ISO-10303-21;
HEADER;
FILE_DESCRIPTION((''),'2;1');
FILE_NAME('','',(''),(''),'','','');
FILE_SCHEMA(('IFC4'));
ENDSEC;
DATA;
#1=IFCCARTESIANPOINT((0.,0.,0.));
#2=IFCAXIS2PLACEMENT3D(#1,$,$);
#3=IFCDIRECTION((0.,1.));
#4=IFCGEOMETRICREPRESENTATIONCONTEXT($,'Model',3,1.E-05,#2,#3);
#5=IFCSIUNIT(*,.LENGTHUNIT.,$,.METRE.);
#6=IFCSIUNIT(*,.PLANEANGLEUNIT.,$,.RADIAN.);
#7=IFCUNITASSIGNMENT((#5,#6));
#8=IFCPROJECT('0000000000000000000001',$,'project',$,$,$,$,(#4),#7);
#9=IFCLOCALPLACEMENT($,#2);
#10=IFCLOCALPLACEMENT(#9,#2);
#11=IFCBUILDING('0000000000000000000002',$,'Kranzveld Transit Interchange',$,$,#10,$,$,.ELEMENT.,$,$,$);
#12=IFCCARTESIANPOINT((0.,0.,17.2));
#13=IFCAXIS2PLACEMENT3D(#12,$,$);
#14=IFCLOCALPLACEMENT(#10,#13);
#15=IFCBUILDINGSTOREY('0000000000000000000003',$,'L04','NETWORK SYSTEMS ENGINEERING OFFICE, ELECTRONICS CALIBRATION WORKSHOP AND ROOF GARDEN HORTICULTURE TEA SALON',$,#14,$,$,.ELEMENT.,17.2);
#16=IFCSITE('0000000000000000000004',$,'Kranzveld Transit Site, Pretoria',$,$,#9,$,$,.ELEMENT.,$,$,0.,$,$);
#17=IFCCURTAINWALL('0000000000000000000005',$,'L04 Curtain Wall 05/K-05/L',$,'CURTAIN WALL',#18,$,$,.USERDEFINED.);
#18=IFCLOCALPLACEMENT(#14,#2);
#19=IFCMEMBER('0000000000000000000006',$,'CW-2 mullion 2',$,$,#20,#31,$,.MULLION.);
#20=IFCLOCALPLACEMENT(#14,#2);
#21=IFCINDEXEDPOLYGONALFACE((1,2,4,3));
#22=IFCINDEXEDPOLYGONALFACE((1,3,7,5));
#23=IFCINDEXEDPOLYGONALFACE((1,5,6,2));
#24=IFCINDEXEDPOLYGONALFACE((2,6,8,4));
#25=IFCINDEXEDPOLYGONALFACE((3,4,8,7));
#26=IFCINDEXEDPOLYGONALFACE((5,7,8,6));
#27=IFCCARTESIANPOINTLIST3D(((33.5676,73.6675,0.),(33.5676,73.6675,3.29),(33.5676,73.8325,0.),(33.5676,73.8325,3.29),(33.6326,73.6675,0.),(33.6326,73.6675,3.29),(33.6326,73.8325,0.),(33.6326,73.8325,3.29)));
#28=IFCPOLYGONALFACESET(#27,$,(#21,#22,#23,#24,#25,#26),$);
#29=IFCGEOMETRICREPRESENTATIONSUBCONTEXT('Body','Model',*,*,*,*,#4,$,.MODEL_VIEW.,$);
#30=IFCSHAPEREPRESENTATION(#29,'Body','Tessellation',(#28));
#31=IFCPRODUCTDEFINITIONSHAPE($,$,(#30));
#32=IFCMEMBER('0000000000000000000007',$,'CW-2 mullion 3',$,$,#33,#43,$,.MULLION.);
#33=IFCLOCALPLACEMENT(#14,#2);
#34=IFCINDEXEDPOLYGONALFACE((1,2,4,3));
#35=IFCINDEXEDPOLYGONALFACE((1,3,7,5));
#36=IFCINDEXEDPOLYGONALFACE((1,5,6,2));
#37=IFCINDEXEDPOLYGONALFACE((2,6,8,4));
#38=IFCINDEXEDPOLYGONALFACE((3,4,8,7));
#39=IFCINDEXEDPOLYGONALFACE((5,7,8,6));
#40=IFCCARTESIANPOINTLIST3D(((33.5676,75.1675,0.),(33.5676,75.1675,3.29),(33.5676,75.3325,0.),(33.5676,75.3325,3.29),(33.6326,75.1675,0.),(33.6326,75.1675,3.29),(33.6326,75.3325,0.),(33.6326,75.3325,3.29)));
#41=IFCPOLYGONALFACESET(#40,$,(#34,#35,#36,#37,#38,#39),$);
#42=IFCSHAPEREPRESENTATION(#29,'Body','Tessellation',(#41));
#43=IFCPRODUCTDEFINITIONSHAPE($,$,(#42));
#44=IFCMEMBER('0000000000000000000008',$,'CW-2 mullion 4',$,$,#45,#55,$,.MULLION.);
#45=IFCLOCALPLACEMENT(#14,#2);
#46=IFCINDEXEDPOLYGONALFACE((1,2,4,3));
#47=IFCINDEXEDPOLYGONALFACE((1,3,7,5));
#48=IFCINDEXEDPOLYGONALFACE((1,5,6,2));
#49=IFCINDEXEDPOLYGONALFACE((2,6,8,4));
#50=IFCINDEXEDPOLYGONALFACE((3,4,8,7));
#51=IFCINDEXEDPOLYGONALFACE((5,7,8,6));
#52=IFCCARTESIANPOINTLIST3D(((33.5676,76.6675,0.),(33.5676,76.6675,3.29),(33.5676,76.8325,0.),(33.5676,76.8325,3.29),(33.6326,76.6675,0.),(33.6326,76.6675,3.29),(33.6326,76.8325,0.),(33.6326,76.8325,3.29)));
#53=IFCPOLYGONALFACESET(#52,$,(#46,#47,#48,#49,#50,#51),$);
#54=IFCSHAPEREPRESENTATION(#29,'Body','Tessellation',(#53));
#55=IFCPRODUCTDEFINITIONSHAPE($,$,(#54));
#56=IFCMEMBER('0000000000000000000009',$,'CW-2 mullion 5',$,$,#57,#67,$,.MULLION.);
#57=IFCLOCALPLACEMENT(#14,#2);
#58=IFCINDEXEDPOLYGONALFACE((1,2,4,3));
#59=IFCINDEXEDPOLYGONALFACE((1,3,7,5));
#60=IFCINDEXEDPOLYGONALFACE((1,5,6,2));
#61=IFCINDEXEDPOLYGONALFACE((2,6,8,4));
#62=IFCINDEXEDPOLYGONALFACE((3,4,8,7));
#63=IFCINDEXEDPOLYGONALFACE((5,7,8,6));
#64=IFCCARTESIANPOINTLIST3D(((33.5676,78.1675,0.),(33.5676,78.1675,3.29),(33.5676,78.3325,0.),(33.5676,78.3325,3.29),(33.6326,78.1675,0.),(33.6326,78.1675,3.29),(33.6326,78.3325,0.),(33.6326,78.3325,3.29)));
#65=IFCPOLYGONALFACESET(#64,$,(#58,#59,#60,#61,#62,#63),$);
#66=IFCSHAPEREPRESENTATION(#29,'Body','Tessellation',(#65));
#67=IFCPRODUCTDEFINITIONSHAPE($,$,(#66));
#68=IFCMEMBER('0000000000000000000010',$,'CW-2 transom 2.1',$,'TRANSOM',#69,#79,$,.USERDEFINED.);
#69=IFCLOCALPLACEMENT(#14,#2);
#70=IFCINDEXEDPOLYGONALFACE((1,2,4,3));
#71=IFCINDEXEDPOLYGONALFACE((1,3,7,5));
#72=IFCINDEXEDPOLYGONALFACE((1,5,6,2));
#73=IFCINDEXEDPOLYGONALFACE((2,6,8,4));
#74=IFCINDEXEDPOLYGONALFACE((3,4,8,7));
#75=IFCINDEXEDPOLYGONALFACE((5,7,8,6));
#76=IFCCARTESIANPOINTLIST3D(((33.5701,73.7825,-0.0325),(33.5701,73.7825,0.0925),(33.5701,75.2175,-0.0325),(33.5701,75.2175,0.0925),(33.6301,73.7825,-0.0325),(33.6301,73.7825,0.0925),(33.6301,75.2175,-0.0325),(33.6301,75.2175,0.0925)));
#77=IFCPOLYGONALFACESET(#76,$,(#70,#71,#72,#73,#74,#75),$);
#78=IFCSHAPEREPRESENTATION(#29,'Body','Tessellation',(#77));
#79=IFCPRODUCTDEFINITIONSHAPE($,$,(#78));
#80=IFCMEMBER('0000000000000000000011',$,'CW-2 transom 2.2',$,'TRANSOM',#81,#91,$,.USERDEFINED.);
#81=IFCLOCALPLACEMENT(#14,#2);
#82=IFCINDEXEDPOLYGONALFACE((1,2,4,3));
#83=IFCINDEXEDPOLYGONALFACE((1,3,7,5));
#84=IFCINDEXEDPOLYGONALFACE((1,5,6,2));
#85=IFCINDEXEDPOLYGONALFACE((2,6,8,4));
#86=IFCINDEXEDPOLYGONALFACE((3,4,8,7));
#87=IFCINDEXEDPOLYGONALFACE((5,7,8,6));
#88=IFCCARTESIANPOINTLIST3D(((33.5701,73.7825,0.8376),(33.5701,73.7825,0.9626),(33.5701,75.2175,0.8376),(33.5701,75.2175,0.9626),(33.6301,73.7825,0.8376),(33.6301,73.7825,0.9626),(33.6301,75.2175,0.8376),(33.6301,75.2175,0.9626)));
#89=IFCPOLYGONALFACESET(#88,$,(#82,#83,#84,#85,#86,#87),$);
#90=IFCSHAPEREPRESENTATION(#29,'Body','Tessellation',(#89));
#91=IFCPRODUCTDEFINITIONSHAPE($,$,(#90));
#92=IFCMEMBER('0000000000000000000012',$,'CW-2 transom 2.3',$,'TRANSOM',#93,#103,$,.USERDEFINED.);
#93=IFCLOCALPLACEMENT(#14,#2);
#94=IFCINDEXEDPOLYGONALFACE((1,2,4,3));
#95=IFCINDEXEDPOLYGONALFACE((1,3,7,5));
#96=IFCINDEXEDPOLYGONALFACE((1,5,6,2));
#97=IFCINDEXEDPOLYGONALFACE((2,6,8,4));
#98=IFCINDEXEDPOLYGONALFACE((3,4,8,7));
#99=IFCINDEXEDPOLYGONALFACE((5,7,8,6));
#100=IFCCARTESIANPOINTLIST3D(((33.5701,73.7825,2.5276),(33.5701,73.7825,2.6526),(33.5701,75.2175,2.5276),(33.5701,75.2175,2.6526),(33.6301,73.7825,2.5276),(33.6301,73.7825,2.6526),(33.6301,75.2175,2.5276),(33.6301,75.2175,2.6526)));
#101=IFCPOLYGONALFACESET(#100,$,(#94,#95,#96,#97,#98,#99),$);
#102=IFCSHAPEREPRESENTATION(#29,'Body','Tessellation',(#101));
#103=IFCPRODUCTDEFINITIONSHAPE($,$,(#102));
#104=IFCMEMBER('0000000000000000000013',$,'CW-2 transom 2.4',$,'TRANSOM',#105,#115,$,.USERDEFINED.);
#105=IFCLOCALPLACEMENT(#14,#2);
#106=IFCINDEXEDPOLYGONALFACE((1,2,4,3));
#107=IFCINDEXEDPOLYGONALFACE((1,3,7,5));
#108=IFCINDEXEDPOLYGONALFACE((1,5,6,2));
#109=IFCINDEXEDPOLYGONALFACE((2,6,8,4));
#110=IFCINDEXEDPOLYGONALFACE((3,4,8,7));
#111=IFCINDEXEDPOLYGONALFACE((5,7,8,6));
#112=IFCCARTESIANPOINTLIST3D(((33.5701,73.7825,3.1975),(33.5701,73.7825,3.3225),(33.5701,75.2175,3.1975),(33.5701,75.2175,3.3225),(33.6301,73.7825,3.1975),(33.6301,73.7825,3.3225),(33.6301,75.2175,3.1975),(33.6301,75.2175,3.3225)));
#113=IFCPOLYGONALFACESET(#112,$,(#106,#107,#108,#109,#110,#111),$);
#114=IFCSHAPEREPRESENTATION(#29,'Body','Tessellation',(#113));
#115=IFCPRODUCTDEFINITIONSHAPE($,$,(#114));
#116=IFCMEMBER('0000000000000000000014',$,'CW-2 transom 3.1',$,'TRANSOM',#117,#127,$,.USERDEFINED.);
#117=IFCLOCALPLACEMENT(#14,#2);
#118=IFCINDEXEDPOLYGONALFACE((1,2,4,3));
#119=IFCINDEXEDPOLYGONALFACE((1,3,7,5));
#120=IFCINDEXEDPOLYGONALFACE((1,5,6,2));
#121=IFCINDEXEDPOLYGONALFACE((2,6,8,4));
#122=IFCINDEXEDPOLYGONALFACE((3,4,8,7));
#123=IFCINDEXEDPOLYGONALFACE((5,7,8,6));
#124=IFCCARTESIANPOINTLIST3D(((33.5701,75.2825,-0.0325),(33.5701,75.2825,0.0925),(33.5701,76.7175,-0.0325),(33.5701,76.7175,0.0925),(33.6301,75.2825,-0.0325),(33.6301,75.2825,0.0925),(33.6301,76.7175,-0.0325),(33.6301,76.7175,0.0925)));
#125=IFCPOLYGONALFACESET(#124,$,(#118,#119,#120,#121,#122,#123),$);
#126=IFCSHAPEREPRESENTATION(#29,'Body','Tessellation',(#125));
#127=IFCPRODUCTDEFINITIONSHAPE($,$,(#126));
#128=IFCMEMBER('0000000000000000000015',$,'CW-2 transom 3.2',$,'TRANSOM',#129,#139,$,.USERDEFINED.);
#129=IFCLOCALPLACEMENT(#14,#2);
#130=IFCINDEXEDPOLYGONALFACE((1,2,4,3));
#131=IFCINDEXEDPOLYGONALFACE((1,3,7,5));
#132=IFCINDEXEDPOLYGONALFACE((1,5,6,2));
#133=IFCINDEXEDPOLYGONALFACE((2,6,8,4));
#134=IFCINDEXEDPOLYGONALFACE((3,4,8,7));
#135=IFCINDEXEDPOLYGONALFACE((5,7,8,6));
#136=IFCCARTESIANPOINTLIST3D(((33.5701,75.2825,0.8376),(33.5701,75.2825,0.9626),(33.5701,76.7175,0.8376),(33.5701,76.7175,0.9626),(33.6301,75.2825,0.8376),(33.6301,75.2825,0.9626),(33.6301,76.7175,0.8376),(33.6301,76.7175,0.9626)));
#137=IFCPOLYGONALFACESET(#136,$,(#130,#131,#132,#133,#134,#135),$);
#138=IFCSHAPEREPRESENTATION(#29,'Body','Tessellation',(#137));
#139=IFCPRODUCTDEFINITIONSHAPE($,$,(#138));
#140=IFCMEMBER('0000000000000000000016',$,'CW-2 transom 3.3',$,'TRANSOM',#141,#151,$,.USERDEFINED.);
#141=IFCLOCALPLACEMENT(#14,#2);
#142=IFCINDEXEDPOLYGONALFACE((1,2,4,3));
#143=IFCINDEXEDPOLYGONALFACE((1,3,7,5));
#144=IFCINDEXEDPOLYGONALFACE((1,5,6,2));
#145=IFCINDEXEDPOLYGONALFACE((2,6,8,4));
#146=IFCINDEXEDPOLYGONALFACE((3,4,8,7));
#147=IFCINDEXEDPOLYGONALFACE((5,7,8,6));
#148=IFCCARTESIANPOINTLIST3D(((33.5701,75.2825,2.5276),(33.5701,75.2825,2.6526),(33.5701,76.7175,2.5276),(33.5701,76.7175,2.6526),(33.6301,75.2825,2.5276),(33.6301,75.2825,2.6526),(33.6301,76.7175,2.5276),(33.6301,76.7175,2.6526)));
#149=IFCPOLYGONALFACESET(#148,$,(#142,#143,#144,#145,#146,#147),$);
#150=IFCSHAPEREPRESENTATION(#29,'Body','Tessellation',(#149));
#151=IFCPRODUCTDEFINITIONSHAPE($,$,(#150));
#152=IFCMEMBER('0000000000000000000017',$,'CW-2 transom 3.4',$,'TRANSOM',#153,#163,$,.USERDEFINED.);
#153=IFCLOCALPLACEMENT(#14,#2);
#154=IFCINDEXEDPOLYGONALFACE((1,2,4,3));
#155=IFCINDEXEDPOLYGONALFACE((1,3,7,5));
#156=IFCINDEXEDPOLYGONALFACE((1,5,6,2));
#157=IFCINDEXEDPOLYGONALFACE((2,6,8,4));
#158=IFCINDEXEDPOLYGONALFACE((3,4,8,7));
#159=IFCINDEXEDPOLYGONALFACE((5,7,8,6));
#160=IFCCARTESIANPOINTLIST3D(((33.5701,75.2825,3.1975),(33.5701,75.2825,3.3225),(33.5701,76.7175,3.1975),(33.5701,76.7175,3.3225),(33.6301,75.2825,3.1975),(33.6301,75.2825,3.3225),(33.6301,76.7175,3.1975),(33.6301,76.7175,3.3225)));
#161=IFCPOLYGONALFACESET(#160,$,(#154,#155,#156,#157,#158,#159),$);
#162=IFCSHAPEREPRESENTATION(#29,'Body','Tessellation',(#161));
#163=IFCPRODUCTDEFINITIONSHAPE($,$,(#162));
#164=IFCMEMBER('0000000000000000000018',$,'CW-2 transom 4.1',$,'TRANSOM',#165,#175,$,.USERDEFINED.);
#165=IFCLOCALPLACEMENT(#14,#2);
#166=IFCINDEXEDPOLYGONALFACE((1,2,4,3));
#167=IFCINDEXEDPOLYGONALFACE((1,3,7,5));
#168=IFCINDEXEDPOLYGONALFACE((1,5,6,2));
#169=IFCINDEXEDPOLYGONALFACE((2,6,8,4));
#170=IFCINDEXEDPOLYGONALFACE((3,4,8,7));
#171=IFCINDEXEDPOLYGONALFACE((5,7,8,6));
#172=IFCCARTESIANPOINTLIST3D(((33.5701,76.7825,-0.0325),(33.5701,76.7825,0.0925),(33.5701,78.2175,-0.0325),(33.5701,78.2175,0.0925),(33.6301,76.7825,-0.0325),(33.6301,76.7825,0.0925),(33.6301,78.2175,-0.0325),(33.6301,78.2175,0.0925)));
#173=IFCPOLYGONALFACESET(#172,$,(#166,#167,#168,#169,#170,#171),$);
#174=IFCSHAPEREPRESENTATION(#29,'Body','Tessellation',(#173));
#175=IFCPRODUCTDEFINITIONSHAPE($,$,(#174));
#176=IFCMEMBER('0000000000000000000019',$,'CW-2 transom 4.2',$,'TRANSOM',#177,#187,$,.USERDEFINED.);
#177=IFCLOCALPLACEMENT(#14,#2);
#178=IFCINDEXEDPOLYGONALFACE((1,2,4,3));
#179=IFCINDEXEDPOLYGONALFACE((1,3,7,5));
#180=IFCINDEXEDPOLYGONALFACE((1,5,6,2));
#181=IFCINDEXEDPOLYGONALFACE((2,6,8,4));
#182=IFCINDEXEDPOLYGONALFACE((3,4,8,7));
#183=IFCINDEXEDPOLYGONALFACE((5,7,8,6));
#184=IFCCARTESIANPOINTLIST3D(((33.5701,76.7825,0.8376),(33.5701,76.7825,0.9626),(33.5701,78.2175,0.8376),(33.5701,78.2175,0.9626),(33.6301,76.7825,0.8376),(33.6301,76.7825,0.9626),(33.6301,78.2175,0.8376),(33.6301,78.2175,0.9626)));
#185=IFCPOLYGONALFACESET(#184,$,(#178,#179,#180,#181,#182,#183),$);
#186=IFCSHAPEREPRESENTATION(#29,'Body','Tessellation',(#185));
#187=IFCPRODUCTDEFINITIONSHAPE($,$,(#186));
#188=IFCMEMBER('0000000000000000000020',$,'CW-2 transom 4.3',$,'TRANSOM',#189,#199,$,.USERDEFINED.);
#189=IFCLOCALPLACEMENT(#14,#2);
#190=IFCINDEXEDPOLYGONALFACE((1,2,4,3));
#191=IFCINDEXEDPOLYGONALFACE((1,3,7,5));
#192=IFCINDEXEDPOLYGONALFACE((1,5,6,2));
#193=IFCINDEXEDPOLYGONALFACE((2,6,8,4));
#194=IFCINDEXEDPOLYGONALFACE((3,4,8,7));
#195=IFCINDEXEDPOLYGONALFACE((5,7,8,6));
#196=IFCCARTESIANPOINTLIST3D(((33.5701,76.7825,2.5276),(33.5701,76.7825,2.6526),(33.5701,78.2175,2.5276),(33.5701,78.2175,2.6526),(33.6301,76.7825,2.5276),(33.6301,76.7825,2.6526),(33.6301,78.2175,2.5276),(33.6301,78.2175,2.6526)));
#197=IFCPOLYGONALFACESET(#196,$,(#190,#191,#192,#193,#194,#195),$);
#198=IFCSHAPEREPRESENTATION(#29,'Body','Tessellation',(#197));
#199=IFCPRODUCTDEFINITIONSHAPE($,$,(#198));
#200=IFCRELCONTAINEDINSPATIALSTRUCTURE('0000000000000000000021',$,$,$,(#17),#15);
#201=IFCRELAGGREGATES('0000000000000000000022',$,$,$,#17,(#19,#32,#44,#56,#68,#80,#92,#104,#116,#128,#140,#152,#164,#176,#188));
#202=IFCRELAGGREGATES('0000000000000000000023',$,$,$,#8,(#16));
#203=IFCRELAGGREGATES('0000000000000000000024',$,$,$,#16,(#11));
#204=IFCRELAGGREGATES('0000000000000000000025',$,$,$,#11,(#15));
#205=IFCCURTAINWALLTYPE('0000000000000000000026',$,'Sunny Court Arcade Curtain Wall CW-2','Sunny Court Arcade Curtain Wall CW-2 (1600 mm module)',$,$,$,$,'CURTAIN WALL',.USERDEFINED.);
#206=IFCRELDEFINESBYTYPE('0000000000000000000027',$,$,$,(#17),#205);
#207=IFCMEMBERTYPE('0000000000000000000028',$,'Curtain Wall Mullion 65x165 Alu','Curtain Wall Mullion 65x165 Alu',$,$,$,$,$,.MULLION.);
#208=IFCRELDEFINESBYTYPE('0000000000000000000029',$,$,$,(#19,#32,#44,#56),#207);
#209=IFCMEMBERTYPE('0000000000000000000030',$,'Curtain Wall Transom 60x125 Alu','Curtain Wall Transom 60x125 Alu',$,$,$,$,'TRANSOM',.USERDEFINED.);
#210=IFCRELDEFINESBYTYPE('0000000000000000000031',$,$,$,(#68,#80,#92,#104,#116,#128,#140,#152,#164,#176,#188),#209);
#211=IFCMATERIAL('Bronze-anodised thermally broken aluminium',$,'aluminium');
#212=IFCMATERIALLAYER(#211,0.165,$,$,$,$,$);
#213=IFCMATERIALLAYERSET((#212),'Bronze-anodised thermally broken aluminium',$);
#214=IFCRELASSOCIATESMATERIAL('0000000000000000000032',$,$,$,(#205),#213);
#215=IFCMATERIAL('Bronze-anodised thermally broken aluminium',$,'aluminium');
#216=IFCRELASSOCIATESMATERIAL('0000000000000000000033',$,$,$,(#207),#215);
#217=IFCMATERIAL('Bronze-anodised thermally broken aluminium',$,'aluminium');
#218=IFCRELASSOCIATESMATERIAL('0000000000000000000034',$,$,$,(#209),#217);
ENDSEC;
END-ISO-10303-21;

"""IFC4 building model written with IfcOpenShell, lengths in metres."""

from ifc_helpers import new_model, si_unit, direction, frame, origin, origin_2d, place, context, subcontext, project, spatial, rectangle, extrude, material, layer, layer_set, material_profile, profile_set, type_object, element, aggregate, save


model = new_model("IFC4")

# Units and contexts
model_context = context("Model", 3, precision=1e-05, world=origin(), true_north=direction((0.0, 1.0)))
body_context = subcontext(model_context, "Body", "Model", "MODEL_VIEW")
ifc_project = project(units=[si_unit("LENGTHUNIT", "METRE"), si_unit("PLANEANGLEUNIT", "RADIAN")], contexts=[model_context])

# Site, building, storey
site_placement = place(None, origin())
site = spatial("IfcSite", under=ifc_project, at=site_placement, Name="Kranzveld Transit Site, Pretoria", CompositionType="ELEMENT", RefElevation=0.0)
building_placement = place(site_placement, origin())
building = spatial("IfcBuilding", under=site, at=building_placement, Name="Kranzveld Transit Interchange", CompositionType="ELEMENT")
storey_placement = place(building_placement, frame((0.0, 0.0, 17.2)))
storey = spatial("IfcBuildingStorey", under=building, at=storey_placement, Name="L04", Description="NETWORK SYSTEMS ENGINEERING OFFICE, ELECTRONICS CALIBRATION WORKSHOP AND ROOF GARDEN HORTICULTURE TEA SALON", CompositionType="ELEMENT", Elevation=17.2)

# Curtain wall, members
ifc_material_1 = material(Name="Bronze-anodised thermally broken aluminium", Category="aluminium")
ifc_layer_1 = layer(ifc_material_1, 0.165)
ifc_layer_set_1 = layer_set([ifc_layer_1], Name="Bronze-anodised thermally broken aluminium")
curtain_wall_type = type_object("IfcCurtainWallType", Name="Sunny Court Arcade Curtain Wall CW-2", Description="Sunny Court Arcade Curtain Wall CW-2 (1600 mm module)", ElementType="CURTAIN WALL", PredefinedType="USERDEFINED", material=ifc_layer_set_1)
curtain_wall_placement = place(storey_placement, origin())
curtain_wall = element("IfcCurtainWall", 1, at=curtain_wall_placement, inside=storey, type_object=curtain_wall_type, Name="L04 Curtain Wall 05/K-05/L", ObjectType="CURTAIN WALL", PredefinedType="USERDEFINED")
ifc_material_2 = material(Name="Bronze-anodised thermally broken aluminium", Category="aluminium")
ifc_material_profile_1 = material_profile(ifc_material_2, rectangle(XDim=0.0649, YDim=0.165, at=origin_2d()), Name="ALU MULLION 65x165")
ifc_profile_set_1 = profile_set([ifc_material_profile_1], Name="Bronze-anodised thermally broken aluminium")
member_type_1 = type_object("IfcMemberType", Name="Curtain Wall Mullion 65x165 Alu", Description="Curtain Wall Mullion 65x165 Alu", PredefinedType="MULLION", material=ifc_profile_set_1)
member_1_placement = place(storey_placement, frame((33.6001, 73.75, 0.0), z_axis=(0.0, 0.0, 1.0), x_axis=(-1.0, 0.0, 0.0)))
member_1 = element("IfcMember", 2, at=member_1_placement, type_object=member_type_1, Name="CW-2 mullion 2", PredefinedType="MULLION", context=body_context, shape_type="SweptSolid", body=[
    extrude(rectangle(XDim=0.0649, YDim=0.165, at=origin_2d()), origin(), (0.0, 0.0, 1.0), 3.29),
])
member_2_placement = place(storey_placement, frame((33.6001, 75.25, 0.0), z_axis=(0.0, 0.0, 1.0), x_axis=(-1.0, 0.0, 0.0)))
member_2 = element("IfcMember", 3, at=member_2_placement, type_object=member_type_1, Name="CW-2 mullion 3", PredefinedType="MULLION", context=body_context, shape_type="SweptSolid", body=[
    extrude(rectangle(XDim=0.0649, YDim=0.165, at=origin_2d()), origin(), (0.0, 0.0, 1.0), 3.29),
])
member_3_placement = place(storey_placement, frame((33.6001, 76.75, 0.0), z_axis=(0.0, 0.0, 1.0), x_axis=(-1.0, 0.0, 0.0)))
member_3 = element("IfcMember", 4, at=member_3_placement, type_object=member_type_1, Name="CW-2 mullion 4", PredefinedType="MULLION", context=body_context, shape_type="SweptSolid", body=[
    extrude(rectangle(XDim=0.0649, YDim=0.165, at=origin_2d()), origin(), (0.0, 0.0, 1.0), 3.29),
])
member_4_placement = place(storey_placement, frame((33.6001, 78.25, 0.0), z_axis=(0.0, 0.0, 1.0), x_axis=(-1.0, 0.0, 0.0)))
member_4 = element("IfcMember", 5, at=member_4_placement, type_object=member_type_1, Name="CW-2 mullion 5", PredefinedType="MULLION", context=body_context, shape_type="SweptSolid", body=[
    extrude(rectangle(XDim=0.0649, YDim=0.165, at=origin_2d()), origin(), (0.0, 0.0, 1.0), 3.29),
])
ifc_material_3 = material(Name="Bronze-anodised thermally broken aluminium", Category="aluminium")
ifc_material_profile_2 = material_profile(ifc_material_3, rectangle(XDim=0.0601, YDim=0.125, at=origin_2d()), Name="ALU TRANSOM 60x125")
ifc_profile_set_2 = profile_set([ifc_material_profile_2], Name="Bronze-anodised thermally broken aluminium")
member_type_2 = type_object("IfcMemberType", Name="Curtain Wall Transom 60x125 Alu", Description="Curtain Wall Transom 60x125 Alu", ElementType="TRANSOM", PredefinedType="USERDEFINED", material=ifc_profile_set_2)
member_5_placement = place(storey_placement, frame((33.6001, 73.7825, 0.03), z_axis=(0.0, 1.0, 0.0), x_axis=(-1.0, 0.0, 0.0)))
member_5 = element("IfcMember", 6, at=member_5_placement, type_object=member_type_2, Name="CW-2 transom 2.1", ObjectType="TRANSOM", PredefinedType="USERDEFINED", context=body_context, shape_type="SweptSolid", body=[
    extrude(rectangle(XDim=0.0601, YDim=0.125, at=origin_2d()), origin(), (0.0, 0.0, 1.0), 1.4351),
])
member_6_placement = place(storey_placement, frame((33.6001, 73.7825, 0.9001), z_axis=(0.0, 1.0, 0.0), x_axis=(-1.0, 0.0, 0.0)))
member_6 = element("IfcMember", 7, at=member_6_placement, type_object=member_type_2, Name="CW-2 transom 2.2", ObjectType="TRANSOM", PredefinedType="USERDEFINED", context=body_context, shape_type="SweptSolid", body=[
    extrude(rectangle(XDim=0.0601, YDim=0.125, at=origin_2d()), origin(), (0.0, 0.0, 1.0), 1.4351),
])
member_7_placement = place(storey_placement, frame((33.6001, 73.7825, 2.5901), z_axis=(0.0, 1.0, 0.0), x_axis=(-1.0, 0.0, 0.0)))
member_7 = element("IfcMember", 8, at=member_7_placement, type_object=member_type_2, Name="CW-2 transom 2.3", ObjectType="TRANSOM", PredefinedType="USERDEFINED", context=body_context, shape_type="SweptSolid", body=[
    extrude(rectangle(XDim=0.0601, YDim=0.125, at=origin_2d()), origin(), (0.0, 0.0, 1.0), 1.4351),
])
member_8_placement = place(storey_placement, frame((33.6001, 73.7825, 3.26), z_axis=(0.0, 1.0, 0.0), x_axis=(-1.0, 0.0, 0.0)))
member_8 = element("IfcMember", 9, at=member_8_placement, type_object=member_type_2, Name="CW-2 transom 2.4", ObjectType="TRANSOM", PredefinedType="USERDEFINED", context=body_context, shape_type="SweptSolid", body=[
    extrude(rectangle(XDim=0.0601, YDim=0.125, at=origin_2d()), origin(), (0.0, 0.0, 1.0), 1.4351),
])
member_9_placement = place(storey_placement, frame((33.6001, 75.2825, 0.03), z_axis=(0.0, 1.0, 0.0), x_axis=(-1.0, 0.0, 0.0)))
member_9 = element("IfcMember", 10, at=member_9_placement, type_object=member_type_2, Name="CW-2 transom 3.1", ObjectType="TRANSOM", PredefinedType="USERDEFINED", context=body_context, shape_type="SweptSolid", body=[
    extrude(rectangle(XDim=0.0601, YDim=0.125, at=origin_2d()), origin(), (0.0, 0.0, 1.0), 1.4351),
])
member_10_placement = place(storey_placement, frame((33.6001, 75.2825, 0.9001), z_axis=(0.0, 1.0, 0.0), x_axis=(-1.0, 0.0, 0.0)))
member_10 = element("IfcMember", 11, at=member_10_placement, type_object=member_type_2, Name="CW-2 transom 3.2", ObjectType="TRANSOM", PredefinedType="USERDEFINED", context=body_context, shape_type="SweptSolid", body=[
    extrude(rectangle(XDim=0.0601, YDim=0.125, at=origin_2d()), origin(), (0.0, 0.0, 1.0), 1.4351),
])
member_11_placement = place(storey_placement, frame((33.6001, 75.2825, 2.5901), z_axis=(0.0, 1.0, 0.0), x_axis=(-1.0, 0.0, 0.0)))
member_11 = element("IfcMember", 12, at=member_11_placement, type_object=member_type_2, Name="CW-2 transom 3.3", ObjectType="TRANSOM", PredefinedType="USERDEFINED", context=body_context, shape_type="SweptSolid", body=[
    extrude(rectangle(XDim=0.0601, YDim=0.125, at=origin_2d()), origin(), (0.0, 0.0, 1.0), 1.4351),
])
member_12_placement = place(storey_placement, frame((33.6001, 75.2825, 3.26), z_axis=(0.0, 1.0, 0.0), x_axis=(-1.0, 0.0, 0.0)))
member_12 = element("IfcMember", 13, at=member_12_placement, type_object=member_type_2, Name="CW-2 transom 3.4", ObjectType="TRANSOM", PredefinedType="USERDEFINED", context=body_context, shape_type="SweptSolid", body=[
    extrude(rectangle(XDim=0.0601, YDim=0.125, at=origin_2d()), origin(), (0.0, 0.0, 1.0), 1.4351),
])
member_13_placement = place(storey_placement, frame((33.6001, 76.7825, 0.03), z_axis=(0.0, 1.0, 0.0), x_axis=(-1.0, 0.0, 0.0)))
member_13 = element("IfcMember", 14, at=member_13_placement, type_object=member_type_2, Name="CW-2 transom 4.1", ObjectType="TRANSOM", PredefinedType="USERDEFINED", context=body_context, shape_type="SweptSolid", body=[
    extrude(rectangle(XDim=0.0601, YDim=0.125, at=origin_2d()), origin(), (0.0, 0.0, 1.0), 1.4351),
])
member_14_placement = place(storey_placement, frame((33.6001, 76.7825, 0.9001), z_axis=(0.0, 1.0, 0.0), x_axis=(-1.0, 0.0, 0.0)))
member_14 = element("IfcMember", 15, at=member_14_placement, type_object=member_type_2, Name="CW-2 transom 4.2", ObjectType="TRANSOM", PredefinedType="USERDEFINED", context=body_context, shape_type="SweptSolid", body=[
    extrude(rectangle(XDim=0.0601, YDim=0.125, at=origin_2d()), origin(), (0.0, 0.0, 1.0), 1.4351),
])
member_15_placement = place(storey_placement, frame((33.6001, 76.7825, 2.5901), z_axis=(0.0, 1.0, 0.0), x_axis=(-1.0, 0.0, 0.0)))
member_15 = element("IfcMember", 16, at=member_15_placement, type_object=member_type_2, Name="CW-2 transom 4.3", ObjectType="TRANSOM", PredefinedType="USERDEFINED", context=body_context, shape_type="SweptSolid", body=[
    extrude(rectangle(XDim=0.0601, YDim=0.125, at=origin_2d()), origin(), (0.0, 0.0, 1.0), 1.4351),
])
aggregate(curtain_wall, [member_1, member_2, member_3, member_4, member_5, member_6, member_7, member_8, member_9, member_10, member_11, member_12, member_13, member_14, member_15])

save(model, "model.ifc")
